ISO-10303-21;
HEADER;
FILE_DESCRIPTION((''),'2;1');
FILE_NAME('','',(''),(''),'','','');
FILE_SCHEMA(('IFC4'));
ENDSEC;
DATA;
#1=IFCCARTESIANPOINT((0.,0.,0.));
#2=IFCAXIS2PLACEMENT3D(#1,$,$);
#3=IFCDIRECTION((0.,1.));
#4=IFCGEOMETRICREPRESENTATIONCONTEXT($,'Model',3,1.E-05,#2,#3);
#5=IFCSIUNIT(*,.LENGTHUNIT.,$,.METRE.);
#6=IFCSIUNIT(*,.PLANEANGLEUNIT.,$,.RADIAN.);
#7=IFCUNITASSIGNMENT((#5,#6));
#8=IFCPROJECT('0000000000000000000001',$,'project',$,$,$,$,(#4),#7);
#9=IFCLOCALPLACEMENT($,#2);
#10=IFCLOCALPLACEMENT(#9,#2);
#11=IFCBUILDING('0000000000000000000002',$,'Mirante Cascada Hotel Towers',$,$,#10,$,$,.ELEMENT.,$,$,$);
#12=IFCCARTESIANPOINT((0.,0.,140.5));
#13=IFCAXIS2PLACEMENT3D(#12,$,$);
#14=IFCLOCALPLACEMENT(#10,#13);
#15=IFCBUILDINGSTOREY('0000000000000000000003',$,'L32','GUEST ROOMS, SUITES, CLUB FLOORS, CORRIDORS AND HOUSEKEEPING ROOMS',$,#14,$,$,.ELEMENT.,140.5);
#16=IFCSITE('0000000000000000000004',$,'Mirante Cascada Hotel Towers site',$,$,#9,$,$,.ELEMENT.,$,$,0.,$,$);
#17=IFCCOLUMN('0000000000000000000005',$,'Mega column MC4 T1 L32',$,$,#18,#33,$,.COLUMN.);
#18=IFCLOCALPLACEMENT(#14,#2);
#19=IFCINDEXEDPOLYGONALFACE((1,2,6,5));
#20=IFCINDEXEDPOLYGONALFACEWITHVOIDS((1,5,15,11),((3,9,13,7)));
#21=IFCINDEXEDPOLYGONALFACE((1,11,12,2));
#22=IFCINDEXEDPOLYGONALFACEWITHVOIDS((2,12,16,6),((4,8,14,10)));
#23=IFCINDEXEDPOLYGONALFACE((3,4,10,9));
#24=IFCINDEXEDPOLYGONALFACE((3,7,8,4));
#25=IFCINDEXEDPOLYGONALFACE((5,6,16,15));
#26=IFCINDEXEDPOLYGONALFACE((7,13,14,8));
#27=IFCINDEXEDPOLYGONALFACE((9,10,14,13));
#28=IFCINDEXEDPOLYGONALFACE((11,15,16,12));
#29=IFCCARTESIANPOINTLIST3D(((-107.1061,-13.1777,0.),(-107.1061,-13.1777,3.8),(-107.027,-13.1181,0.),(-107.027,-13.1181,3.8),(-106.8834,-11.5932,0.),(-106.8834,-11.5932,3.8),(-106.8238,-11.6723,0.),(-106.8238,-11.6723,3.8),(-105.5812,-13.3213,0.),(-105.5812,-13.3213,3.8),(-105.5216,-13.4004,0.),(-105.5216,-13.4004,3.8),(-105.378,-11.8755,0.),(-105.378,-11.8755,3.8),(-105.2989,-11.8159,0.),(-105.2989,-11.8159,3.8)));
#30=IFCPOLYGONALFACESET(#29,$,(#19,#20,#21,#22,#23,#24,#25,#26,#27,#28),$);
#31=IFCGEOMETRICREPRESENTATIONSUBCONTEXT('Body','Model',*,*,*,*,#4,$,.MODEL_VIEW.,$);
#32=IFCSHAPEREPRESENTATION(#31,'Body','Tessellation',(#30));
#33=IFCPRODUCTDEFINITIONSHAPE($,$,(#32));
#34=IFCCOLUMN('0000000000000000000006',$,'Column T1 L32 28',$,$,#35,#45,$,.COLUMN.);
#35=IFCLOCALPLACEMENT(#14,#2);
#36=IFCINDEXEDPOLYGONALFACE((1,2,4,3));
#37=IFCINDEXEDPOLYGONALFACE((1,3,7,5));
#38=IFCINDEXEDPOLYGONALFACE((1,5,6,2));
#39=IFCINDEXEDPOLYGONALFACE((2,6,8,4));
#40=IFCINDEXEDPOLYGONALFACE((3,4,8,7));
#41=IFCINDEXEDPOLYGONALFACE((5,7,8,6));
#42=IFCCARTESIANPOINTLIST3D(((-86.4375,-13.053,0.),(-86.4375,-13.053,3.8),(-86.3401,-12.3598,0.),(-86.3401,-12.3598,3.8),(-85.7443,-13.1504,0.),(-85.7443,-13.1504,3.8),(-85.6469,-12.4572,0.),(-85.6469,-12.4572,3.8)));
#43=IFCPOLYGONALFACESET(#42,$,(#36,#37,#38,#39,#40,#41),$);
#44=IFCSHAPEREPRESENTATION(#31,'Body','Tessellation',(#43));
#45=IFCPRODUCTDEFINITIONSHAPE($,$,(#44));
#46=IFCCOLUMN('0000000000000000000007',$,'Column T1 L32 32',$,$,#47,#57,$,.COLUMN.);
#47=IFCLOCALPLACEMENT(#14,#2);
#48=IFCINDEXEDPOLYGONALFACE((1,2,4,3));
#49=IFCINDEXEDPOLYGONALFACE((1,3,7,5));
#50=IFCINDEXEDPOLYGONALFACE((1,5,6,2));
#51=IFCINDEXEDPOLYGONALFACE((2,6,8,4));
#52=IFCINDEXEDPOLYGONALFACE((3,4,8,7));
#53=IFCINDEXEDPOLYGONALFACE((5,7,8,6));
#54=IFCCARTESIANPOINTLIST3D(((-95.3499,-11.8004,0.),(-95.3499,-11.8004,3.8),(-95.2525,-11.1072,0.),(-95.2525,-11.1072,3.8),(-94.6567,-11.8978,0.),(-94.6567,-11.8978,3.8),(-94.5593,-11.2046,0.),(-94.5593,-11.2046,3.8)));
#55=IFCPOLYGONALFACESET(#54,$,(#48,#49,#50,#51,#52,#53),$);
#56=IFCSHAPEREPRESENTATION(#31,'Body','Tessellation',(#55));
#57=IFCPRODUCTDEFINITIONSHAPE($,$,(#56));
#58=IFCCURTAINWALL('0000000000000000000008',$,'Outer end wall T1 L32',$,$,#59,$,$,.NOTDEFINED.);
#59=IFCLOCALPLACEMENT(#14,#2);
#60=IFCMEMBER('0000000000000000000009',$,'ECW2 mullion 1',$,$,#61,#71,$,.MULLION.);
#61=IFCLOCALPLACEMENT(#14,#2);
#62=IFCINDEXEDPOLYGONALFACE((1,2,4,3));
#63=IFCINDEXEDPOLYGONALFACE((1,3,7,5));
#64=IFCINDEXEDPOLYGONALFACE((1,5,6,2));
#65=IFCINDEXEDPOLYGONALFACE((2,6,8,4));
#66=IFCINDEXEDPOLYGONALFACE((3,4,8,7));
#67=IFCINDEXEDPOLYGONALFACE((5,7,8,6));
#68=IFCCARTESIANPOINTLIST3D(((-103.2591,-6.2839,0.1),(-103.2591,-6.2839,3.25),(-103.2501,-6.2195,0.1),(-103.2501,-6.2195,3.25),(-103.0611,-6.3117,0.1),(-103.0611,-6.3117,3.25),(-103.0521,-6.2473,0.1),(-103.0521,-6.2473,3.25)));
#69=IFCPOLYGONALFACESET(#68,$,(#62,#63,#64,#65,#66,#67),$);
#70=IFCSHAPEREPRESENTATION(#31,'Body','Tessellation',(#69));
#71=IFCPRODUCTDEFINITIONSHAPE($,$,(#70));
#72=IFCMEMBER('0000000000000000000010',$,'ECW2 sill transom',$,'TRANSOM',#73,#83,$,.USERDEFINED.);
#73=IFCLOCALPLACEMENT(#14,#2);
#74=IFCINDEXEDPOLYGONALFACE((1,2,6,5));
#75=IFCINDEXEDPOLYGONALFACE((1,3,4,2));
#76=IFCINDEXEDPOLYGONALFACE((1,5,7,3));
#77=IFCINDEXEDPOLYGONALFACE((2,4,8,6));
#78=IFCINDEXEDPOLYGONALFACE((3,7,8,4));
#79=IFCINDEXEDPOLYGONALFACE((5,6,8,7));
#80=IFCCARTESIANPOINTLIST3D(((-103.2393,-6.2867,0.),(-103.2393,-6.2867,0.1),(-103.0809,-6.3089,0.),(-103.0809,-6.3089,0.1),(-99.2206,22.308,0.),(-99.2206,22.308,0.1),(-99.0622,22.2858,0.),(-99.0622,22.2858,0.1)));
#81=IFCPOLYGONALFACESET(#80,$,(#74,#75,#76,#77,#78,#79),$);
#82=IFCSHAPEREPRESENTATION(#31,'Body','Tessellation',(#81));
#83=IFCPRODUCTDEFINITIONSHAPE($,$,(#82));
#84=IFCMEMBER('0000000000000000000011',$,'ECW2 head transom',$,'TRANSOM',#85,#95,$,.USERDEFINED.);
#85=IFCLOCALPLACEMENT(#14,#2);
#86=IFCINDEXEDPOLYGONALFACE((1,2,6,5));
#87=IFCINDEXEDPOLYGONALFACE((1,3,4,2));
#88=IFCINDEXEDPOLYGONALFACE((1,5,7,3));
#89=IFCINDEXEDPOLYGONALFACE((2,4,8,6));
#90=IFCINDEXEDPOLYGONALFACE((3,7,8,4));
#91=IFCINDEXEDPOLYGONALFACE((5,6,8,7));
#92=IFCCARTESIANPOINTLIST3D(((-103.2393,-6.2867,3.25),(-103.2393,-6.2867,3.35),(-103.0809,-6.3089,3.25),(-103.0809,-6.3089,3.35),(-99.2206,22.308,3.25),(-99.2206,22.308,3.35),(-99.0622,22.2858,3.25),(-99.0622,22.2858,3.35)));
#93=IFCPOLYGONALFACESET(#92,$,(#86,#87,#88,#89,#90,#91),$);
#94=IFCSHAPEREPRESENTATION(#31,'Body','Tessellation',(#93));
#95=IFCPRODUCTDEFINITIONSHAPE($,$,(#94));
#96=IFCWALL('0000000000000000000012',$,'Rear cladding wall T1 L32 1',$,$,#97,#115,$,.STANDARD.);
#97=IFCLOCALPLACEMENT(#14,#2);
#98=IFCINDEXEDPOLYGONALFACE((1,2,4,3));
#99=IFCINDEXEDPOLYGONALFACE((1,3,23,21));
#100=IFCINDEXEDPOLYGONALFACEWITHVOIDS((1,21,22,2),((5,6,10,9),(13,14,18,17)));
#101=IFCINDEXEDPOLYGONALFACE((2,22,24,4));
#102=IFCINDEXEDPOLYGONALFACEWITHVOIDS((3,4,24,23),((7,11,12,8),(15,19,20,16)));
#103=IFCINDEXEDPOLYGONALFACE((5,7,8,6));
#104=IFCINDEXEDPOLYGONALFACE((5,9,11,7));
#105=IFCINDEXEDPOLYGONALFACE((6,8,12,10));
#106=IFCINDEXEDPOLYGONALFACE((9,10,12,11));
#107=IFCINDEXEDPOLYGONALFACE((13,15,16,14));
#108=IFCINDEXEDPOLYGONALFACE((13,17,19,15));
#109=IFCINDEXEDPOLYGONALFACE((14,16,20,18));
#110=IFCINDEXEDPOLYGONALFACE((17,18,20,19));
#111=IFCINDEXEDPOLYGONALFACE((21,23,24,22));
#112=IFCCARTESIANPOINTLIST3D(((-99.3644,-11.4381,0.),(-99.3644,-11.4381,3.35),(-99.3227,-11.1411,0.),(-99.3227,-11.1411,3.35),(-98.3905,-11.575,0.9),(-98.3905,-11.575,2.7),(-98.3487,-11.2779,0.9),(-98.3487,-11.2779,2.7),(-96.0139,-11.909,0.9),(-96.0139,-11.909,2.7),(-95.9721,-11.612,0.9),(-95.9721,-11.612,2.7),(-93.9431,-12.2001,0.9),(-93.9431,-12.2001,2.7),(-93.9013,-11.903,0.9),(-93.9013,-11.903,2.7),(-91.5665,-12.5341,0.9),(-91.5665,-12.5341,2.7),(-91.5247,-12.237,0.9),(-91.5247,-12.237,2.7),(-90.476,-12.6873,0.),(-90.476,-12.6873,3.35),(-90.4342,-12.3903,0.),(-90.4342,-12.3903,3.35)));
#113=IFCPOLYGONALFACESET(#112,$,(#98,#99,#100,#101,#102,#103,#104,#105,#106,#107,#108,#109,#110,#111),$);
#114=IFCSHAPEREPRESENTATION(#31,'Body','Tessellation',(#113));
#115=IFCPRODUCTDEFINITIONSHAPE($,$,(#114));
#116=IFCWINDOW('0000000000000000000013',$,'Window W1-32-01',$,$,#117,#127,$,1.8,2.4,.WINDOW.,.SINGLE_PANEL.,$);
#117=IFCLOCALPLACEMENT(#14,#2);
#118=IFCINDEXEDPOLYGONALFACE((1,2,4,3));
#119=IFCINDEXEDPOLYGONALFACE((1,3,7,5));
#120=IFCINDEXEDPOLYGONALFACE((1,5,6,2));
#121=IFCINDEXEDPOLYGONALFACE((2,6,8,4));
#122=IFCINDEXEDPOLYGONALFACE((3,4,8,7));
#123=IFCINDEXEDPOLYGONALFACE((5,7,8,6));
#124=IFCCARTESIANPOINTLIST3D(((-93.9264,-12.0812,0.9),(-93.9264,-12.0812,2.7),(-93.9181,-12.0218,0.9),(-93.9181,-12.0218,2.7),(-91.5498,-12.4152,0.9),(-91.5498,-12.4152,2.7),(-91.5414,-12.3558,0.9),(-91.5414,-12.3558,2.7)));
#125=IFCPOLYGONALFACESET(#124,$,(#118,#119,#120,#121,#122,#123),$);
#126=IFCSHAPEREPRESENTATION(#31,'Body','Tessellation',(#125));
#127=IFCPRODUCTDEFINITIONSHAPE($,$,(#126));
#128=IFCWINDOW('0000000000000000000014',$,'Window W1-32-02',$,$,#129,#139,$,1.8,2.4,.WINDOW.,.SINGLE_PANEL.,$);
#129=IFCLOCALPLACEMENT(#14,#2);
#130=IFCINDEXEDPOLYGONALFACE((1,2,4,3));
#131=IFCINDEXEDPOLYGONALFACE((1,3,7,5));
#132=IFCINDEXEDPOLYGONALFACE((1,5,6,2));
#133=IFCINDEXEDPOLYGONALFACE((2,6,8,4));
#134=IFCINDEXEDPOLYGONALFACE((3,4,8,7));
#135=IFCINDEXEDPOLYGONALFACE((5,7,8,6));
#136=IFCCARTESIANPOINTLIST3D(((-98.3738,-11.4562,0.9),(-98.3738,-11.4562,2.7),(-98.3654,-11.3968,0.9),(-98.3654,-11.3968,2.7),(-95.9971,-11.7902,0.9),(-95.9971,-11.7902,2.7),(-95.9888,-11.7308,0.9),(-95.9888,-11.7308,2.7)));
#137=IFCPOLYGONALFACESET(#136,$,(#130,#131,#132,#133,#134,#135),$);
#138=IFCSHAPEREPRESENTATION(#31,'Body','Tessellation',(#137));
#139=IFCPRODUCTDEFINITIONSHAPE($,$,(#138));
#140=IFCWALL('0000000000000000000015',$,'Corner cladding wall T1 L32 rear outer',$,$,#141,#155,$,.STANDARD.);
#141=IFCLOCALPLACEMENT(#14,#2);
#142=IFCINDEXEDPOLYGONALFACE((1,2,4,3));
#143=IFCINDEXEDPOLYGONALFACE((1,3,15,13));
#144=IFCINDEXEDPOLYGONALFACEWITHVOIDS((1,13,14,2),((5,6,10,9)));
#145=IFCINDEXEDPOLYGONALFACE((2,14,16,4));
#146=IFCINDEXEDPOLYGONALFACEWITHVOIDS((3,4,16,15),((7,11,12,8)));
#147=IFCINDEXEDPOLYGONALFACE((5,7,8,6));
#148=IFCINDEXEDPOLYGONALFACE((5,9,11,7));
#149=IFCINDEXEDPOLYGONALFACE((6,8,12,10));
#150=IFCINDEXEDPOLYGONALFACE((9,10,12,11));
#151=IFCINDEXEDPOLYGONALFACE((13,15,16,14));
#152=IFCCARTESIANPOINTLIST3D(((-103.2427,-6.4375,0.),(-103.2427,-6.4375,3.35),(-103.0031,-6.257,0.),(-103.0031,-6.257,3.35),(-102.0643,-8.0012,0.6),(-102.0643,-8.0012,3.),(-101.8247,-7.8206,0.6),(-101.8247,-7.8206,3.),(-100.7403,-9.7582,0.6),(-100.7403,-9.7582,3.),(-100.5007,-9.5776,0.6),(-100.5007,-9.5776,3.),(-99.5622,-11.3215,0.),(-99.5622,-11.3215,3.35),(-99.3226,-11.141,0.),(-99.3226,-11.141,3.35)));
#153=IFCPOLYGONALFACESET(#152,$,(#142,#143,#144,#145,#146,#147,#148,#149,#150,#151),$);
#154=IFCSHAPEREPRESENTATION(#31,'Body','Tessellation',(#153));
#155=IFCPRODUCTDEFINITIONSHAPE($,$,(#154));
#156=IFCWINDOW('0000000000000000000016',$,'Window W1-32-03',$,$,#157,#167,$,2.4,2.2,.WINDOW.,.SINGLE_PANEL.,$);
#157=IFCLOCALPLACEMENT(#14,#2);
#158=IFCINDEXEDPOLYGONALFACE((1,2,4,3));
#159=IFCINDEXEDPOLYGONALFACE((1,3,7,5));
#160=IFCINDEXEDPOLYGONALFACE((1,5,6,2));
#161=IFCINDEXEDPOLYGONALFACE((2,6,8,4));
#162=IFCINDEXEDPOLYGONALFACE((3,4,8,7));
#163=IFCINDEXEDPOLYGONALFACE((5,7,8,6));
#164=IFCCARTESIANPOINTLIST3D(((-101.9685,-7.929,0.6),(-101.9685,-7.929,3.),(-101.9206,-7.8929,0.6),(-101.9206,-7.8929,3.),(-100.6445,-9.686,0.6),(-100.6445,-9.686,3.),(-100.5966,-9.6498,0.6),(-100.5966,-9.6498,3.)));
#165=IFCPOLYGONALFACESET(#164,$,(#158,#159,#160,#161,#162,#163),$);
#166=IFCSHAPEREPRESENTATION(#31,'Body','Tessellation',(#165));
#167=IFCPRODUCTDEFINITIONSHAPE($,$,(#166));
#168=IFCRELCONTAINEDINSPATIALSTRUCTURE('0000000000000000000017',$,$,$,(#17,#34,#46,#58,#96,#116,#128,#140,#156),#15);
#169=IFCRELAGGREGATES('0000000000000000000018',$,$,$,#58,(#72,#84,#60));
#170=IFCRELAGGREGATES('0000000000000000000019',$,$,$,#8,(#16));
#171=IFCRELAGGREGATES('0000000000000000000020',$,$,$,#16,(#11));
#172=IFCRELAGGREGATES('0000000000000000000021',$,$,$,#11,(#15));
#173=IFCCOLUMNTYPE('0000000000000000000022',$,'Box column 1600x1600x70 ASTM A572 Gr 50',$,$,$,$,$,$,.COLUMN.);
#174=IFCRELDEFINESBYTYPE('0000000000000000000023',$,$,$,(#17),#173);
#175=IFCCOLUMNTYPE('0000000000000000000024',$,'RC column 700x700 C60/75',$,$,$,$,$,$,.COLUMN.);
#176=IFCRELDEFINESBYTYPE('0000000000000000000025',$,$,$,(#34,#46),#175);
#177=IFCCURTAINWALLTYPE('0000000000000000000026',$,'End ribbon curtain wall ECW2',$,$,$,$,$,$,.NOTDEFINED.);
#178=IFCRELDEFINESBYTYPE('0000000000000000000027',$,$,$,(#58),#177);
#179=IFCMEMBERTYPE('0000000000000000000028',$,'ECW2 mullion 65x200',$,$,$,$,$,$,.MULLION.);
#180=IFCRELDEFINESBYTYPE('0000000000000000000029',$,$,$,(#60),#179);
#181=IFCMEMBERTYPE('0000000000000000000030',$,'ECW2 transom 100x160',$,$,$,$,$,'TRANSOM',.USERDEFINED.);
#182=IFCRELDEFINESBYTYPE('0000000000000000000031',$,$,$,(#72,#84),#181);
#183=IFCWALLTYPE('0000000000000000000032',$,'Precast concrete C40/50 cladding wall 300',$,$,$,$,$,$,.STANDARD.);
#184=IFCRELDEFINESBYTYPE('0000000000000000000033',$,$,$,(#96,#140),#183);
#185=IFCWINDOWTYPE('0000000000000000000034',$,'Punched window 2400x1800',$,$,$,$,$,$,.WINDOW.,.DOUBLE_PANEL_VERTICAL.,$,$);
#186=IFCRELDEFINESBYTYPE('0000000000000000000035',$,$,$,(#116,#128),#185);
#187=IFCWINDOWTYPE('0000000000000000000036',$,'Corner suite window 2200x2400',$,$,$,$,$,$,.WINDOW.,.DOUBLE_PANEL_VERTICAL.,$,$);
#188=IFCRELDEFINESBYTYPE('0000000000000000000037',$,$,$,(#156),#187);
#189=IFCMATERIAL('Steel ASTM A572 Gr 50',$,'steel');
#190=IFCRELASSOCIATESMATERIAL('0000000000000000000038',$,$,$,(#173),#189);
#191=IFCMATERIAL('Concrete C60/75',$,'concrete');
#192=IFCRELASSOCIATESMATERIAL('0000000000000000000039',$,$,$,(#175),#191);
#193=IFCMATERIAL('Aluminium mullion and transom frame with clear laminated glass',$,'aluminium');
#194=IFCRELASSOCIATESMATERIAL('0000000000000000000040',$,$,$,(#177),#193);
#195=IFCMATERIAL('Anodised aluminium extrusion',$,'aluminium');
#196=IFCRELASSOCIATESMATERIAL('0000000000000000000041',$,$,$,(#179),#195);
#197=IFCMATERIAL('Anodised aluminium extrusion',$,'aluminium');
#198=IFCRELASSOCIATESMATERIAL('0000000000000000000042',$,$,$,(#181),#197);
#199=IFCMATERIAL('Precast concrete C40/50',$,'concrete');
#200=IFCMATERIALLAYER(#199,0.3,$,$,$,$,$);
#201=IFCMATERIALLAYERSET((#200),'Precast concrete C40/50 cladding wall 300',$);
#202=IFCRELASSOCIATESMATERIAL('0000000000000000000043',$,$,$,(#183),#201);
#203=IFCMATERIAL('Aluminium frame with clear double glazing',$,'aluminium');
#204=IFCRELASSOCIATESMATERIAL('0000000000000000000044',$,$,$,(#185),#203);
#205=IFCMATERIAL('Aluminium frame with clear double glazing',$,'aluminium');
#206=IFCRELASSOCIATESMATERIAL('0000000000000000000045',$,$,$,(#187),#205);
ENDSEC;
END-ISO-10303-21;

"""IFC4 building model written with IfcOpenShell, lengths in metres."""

from ifc_helpers import new_model, si_unit, direction, frame, frame_2d, origin, origin_2d, place, context, subcontext, project, spatial, rectangle, hollow_rectangle, extrude, material, layer, layer_set, material_profile, profile_set, type_object, element, fill, aggregate, save


model = new_model("IFC4")

# Units and contexts
model_context = context("Model", 3, precision=1e-05, world=origin(), true_north=direction((0.0, 1.0)))
body_context = subcontext(model_context, "Body", "Model", "MODEL_VIEW")
ifc_project = project(units=[si_unit("LENGTHUNIT", "METRE"), si_unit("PLANEANGLEUNIT", "RADIAN")], contexts=[model_context])

# Site, building, storey
site_placement = place(None, origin())
site = spatial("IfcSite", under=ifc_project, at=site_placement, Name="Mirante Cascada Hotel Towers site", CompositionType="ELEMENT", RefElevation=0.0)
building_placement = place(site_placement, origin())
building = spatial("IfcBuilding", under=site, at=building_placement, Name="Mirante Cascada Hotel Towers", CompositionType="ELEMENT")
storey_placement = place(building_placement, frame((0.0, 0.0, 140.5)))
storey = spatial("IfcBuildingStorey", under=building, at=storey_placement, Name="L32", Description="GUEST ROOMS, SUITES, CLUB FLOORS, CORRIDORS AND HOUSEKEEPING ROOMS", CompositionType="ELEMENT", Elevation=140.5)

# Columns
ifc_material_1 = material(Name="Steel ASTM A572 Gr 50", Category="steel")
ifc_material_profile_1 = material_profile(ifc_material_1, hollow_rectangle(XDim=1.6, YDim=1.6, WallThickness=0.07, at=origin_2d()), Name="Box column 1600x1600x70 ASTM A572 Gr 50")
ifc_profile_set_1 = profile_set([ifc_material_profile_1], Name="Steel ASTM A572 Gr 50")
column_type_1 = type_object("IfcColumnType", Name="Box column 1600x1600x70 ASTM A572 Gr 50", PredefinedType="COLUMN", material=ifc_profile_set_1)
column_placement = place(storey_placement, frame((-106.2025, -12.4968, 0.0), z_axis=(0.0, 0.0, 1.0), x_axis=(-0.990268, 0.139173, 0.0)))
element("IfcColumn", 1, at=column_placement, inside=storey, type_object=column_type_1, Name="Mega column MC4 T1 L32", PredefinedType="COLUMN", context=body_context, shape_type="SweptSolid", body=[
    extrude(hollow_rectangle(XDim=1.6, YDim=1.6, WallThickness=0.07, at=origin_2d()), origin(), (0.0, 0.0, 1.0), 3.8),
])
ifc_material_2 = material(Name="Concrete C60/75", Category="concrete")
ifc_material_profile_2 = material_profile(ifc_material_2, rectangle(XDim=0.7, YDim=0.7, at=origin_2d()), Name="RC column 700x700 C60/75")
ifc_profile_set_2 = profile_set([ifc_material_profile_2], Name="Concrete C60/75")
column_type_2 = type_object("IfcColumnType", Name="RC column 700x700 C60/75", PredefinedType="COLUMN", material=ifc_profile_set_2)
for number, where, z_axis, x_axis, name in (
    (2, (-86.0422, -12.7551, 0.0), (0.0, 0.0, 1.0), (-0.990268, 0.139173, 0.0), "Column T1 L32 28"),
    (3, (-94.9546, -11.5025, 0.0), (0.0, 0.0, 1.0), (-0.990268, 0.139173, 0.0), "Column T1 L32 32"),
):
    element("IfcColumn", number, at=place(storey_placement, frame(where, z_axis=z_axis, x_axis=x_axis)), inside=storey, type_object=column_type_2, Name=name, PredefinedType="COLUMN", context=body_context, shape_type="SweptSolid", body=[
        extrude(rectangle(XDim=0.7, YDim=0.7, at=origin_2d()), origin(), (0.0, 0.0, 1.0), 3.8),
    ])

# Curtain wall, members
ifc_material_3 = material(Name="Aluminium mullion and transom frame with clear laminated glass", Category="aluminium")
curtain_wall_type = type_object("IfcCurtainWallType", Name="End ribbon curtain wall ECW2", PredefinedType="NOTDEFINED", material=ifc_material_3)
curtain_wall_placement = place(storey_placement, origin())
curtain_wall = element("IfcCurtainWall", 4, at=curtain_wall_placement, inside=storey, type_object=curtain_wall_type, Name="Outer end wall T1 L32", PredefinedType="NOTDEFINED")
ifc_material_4 = material(Name="Anodised aluminium extrusion", Category="aluminium")
ifc_material_profile_3 = material_profile(ifc_material_4, rectangle(XDim=0.2, YDim=0.065, at=origin_2d()), Name="ECW2 MULLION 65x200")
ifc_profile_set_3 = profile_set([ifc_material_profile_3], Name="Anodised aluminium extrusion")
member_type_1 = type_object("IfcMemberType", Name="ECW2 mullion 65x200", PredefinedType="MULLION", material=ifc_profile_set_3)
member_1_placement = place(storey_placement, frame((-103.1556, -6.2656, 0.1), z_axis=(0.0, 0.0, 1.0), x_axis=(-0.990268, 0.139173, 0.0)))
member_1 = element("IfcMember", 5, at=member_1_placement, type_object=member_type_1, Name="ECW2 mullion 1", PredefinedType="MULLION", context=body_context, shape_type="SweptSolid", body=[
    extrude(rectangle(XDim=0.2, YDim=0.065, at=origin_2d()), origin(), (0.0, 0.0, 1.0), 3.15),
])
ifc_material_5 = material(Name="Anodised aluminium extrusion", Category="aluminium")
ifc_material_profile_4 = material_profile(ifc_material_5, rectangle(XDim=0.16, YDim=0.1, at=origin_2d()), Name="ECW2 TRANSOM 100x160")
ifc_profile_set_4 = profile_set([ifc_material_profile_4], Name="Anodised aluminium extrusion")
member_type_2 = type_object("IfcMemberType", Name="ECW2 transom 100x160", ElementType="TRANSOM", PredefinedType="USERDEFINED", material=ifc_profile_set_4)
member_2_placement = place(storey_placement, frame((-103.1601, -6.2978, 0.05), z_axis=(0.139172, 0.990268, 0.0), x_axis=(-0.990268, 0.139172, 0.0)))
member_2 = element("IfcMember", 6, at=member_2_placement, type_object=member_type_2, Name="ECW2 sill transom", ObjectType="TRANSOM", PredefinedType="USERDEFINED", context=body_context, shape_type="SweptSolid", body=[
    extrude(rectangle(XDim=0.16, YDim=0.1, at=origin_2d()), origin(), (0.0, 0.0, 1.0), 28.8757),
])
member_3_placement = place(storey_placement, frame((-103.1601, -6.2978, 3.3), z_axis=(0.139172, 0.990268, 0.0), x_axis=(-0.990268, 0.139172, 0.0)))
member_3 = element("IfcMember", 7, at=member_3_placement, type_object=member_type_2, Name="ECW2 head transom", ObjectType="TRANSOM", PredefinedType="USERDEFINED", context=body_context, shape_type="SweptSolid", body=[
    extrude(rectangle(XDim=0.16, YDim=0.1, at=origin_2d()), origin(), (0.0, 0.0, 1.0), 28.8757),
])
aggregate(curtain_wall, [member_2, member_3, member_1])

# Wall, openings, windows
ifc_material_6 = material(Name="Precast concrete C40/50", Category="concrete")
ifc_layer_1 = layer(ifc_material_6, 0.3)
ifc_layer_set_1 = layer_set([ifc_layer_1], Name="Precast concrete C40/50 cladding wall 300")
wall_type_1 = type_object("IfcWallType", Name="Precast concrete C40/50 cladding wall 300", PredefinedType="STANDARD", material=ifc_layer_set_1)
wall_1_placement = place(storey_placement, frame((-90.4551, -12.5388, 0.0), z_axis=(0.0, 0.0, 1.0), x_axis=(-0.990268, 0.139175, 0.0)))
wall_1 = element("IfcWall", 8, at=wall_1_placement, inside=storey, type_object=wall_type_1, Name="Rear cladding wall T1 L32 1", PredefinedType="STANDARD", context=body_context, shape_type="SweptSolid", body=[
    extrude(rectangle(XDim=8.9758, YDim=0.3, at=frame_2d((4.4879, 0.0))), origin(), (0.0, 0.0, 1.0), 3.35),
])
opening_1_placement = place(wall_1_placement, frame((1.1012, 0.0, 0.9)))
opening_1 = element("IfcOpeningElement", 9, at=opening_1_placement, cuts=wall_1, PredefinedType="OPENING", context=body_context, shape_type="SweptSolid", body=[
    extrude(rectangle(XDim=2.4, YDim=1.8, at=frame_2d((1.2, 0.9))), frame((0.0, 0.15, 0.0), z_axis=(0.0, -1.0, 0.0), x_axis=(1.0, 0.0, 0.0)), (0.0, 0.0, 1.0), 0.3),
])
opening_2_placement = place(wall_1_placement, frame((5.5923, 0.0, 0.9)))
opening_2 = element("IfcOpeningElement", 10, at=opening_2_placement, cuts=wall_1, PredefinedType="OPENING", context=body_context, shape_type="SweptSolid", body=[
    extrude(rectangle(XDim=2.4, YDim=1.8, at=frame_2d((1.2, 0.9))), frame((0.0, 0.15, 0.0), z_axis=(0.0, -1.0, 0.0), x_axis=(1.0, 0.0, 0.0)), (0.0, 0.0, 1.0), 0.3),
])
ifc_material_7 = material(Name="Aluminium frame with clear double glazing", Category="aluminium")
window_type_1 = type_object("IfcWindowType", Name="Punched window 2400x1800", PartitioningType="DOUBLE_PANEL_VERTICAL", PredefinedType="WINDOW", material=ifc_material_7)
window_1_placement = place(opening_1_placement, origin())
window_1 = element("IfcWindow", 11, at=window_1_placement, inside=storey, type_object=window_type_1, Name="Window W1-32-01", OverallHeight=1.8, OverallWidth=2.4, PartitioningType="SINGLE_PANEL", PredefinedType="WINDOW", context=body_context, shape_type="SweptSolid", body=[
    extrude(rectangle(XDim=2.4, YDim=1.8, at=frame_2d((1.2, 0.9))), frame((0.0, 0.03, 0.0), z_axis=(0.0, -1.0, 0.0), x_axis=(1.0, 0.0, 0.0)), (0.0, 0.0, 1.0), 0.06),
])
fill(opening_1, window_1)
window_2_placement = place(opening_2_placement, origin())
window_2 = element("IfcWindow", 12, at=window_2_placement, inside=storey, type_object=window_type_1, Name="Window W1-32-02", OverallHeight=1.8, OverallWidth=2.4, PartitioningType="SINGLE_PANEL", PredefinedType="WINDOW", context=body_context, shape_type="SweptSolid", body=[
    extrude(rectangle(XDim=2.4, YDim=1.8, at=frame_2d((1.2, 0.9))), frame((0.0, 0.03, 0.0), z_axis=(0.0, -1.0, 0.0), x_axis=(1.0, 0.0, 0.0)), (0.0, 0.0, 1.0), 0.06),
])
fill(opening_2, window_2)

# Wall, opening, window
wall_2_placement = place(storey_placement, frame((-99.4424, -11.2313, 0.0), z_axis=(0.0, 0.0, 1.0), x_axis=(-0.601819, 0.798632, 0.0)))
wall_2 = element("IfcWall", 13, at=wall_2_placement, inside=storey, type_object=wall_type_1, Name="Corner cladding wall T1 L32 rear outer", PredefinedType="STANDARD", context=body_context, shape_type="SweptSolid", body=[
    extrude(rectangle(XDim=6.1155, YDim=0.3, at=frame_2d((3.0578, 0.0))), origin(), (0.0, 0.0, 1.0), 3.35),
])
opening_3_placement = place(wall_2_placement, frame((1.9576, 0.0, 0.6)))
opening_3 = element("IfcOpeningElement", 14, at=opening_3_placement, cuts=wall_2, PredefinedType="OPENING", context=body_context, shape_type="SweptSolid", body=[
    extrude(rectangle(XDim=2.2, YDim=2.4, at=frame_2d((1.1, 1.2))), frame((0.0, 0.15, 0.0), z_axis=(0.0, -1.0, 0.0), x_axis=(1.0, 0.0, 0.0)), (0.0, 0.0, 1.0), 0.3),
])
ifc_material_8 = material(Name="Aluminium frame with clear double glazing", Category="aluminium")
window_type_2 = type_object("IfcWindowType", Name="Corner suite window 2200x2400", PartitioningType="DOUBLE_PANEL_VERTICAL", PredefinedType="WINDOW", material=ifc_material_8)
window_3_placement = place(opening_3_placement, origin())
window_3 = element("IfcWindow", 15, at=window_3_placement, inside=storey, type_object=window_type_2, Name="Window W1-32-03", OverallHeight=2.4, OverallWidth=2.2, PartitioningType="SINGLE_PANEL", PredefinedType="WINDOW", context=body_context, shape_type="SweptSolid", body=[
    extrude(rectangle(XDim=2.2, YDim=2.4, at=frame_2d((1.1, 1.2))), frame((0.0, 0.03, 0.0), z_axis=(0.0, -1.0, 0.0), x_axis=(1.0, 0.0, 0.0)), (0.0, 0.0, 1.0), 0.06),
])
fill(opening_3, window_3)

save(model, "model.ifc")
